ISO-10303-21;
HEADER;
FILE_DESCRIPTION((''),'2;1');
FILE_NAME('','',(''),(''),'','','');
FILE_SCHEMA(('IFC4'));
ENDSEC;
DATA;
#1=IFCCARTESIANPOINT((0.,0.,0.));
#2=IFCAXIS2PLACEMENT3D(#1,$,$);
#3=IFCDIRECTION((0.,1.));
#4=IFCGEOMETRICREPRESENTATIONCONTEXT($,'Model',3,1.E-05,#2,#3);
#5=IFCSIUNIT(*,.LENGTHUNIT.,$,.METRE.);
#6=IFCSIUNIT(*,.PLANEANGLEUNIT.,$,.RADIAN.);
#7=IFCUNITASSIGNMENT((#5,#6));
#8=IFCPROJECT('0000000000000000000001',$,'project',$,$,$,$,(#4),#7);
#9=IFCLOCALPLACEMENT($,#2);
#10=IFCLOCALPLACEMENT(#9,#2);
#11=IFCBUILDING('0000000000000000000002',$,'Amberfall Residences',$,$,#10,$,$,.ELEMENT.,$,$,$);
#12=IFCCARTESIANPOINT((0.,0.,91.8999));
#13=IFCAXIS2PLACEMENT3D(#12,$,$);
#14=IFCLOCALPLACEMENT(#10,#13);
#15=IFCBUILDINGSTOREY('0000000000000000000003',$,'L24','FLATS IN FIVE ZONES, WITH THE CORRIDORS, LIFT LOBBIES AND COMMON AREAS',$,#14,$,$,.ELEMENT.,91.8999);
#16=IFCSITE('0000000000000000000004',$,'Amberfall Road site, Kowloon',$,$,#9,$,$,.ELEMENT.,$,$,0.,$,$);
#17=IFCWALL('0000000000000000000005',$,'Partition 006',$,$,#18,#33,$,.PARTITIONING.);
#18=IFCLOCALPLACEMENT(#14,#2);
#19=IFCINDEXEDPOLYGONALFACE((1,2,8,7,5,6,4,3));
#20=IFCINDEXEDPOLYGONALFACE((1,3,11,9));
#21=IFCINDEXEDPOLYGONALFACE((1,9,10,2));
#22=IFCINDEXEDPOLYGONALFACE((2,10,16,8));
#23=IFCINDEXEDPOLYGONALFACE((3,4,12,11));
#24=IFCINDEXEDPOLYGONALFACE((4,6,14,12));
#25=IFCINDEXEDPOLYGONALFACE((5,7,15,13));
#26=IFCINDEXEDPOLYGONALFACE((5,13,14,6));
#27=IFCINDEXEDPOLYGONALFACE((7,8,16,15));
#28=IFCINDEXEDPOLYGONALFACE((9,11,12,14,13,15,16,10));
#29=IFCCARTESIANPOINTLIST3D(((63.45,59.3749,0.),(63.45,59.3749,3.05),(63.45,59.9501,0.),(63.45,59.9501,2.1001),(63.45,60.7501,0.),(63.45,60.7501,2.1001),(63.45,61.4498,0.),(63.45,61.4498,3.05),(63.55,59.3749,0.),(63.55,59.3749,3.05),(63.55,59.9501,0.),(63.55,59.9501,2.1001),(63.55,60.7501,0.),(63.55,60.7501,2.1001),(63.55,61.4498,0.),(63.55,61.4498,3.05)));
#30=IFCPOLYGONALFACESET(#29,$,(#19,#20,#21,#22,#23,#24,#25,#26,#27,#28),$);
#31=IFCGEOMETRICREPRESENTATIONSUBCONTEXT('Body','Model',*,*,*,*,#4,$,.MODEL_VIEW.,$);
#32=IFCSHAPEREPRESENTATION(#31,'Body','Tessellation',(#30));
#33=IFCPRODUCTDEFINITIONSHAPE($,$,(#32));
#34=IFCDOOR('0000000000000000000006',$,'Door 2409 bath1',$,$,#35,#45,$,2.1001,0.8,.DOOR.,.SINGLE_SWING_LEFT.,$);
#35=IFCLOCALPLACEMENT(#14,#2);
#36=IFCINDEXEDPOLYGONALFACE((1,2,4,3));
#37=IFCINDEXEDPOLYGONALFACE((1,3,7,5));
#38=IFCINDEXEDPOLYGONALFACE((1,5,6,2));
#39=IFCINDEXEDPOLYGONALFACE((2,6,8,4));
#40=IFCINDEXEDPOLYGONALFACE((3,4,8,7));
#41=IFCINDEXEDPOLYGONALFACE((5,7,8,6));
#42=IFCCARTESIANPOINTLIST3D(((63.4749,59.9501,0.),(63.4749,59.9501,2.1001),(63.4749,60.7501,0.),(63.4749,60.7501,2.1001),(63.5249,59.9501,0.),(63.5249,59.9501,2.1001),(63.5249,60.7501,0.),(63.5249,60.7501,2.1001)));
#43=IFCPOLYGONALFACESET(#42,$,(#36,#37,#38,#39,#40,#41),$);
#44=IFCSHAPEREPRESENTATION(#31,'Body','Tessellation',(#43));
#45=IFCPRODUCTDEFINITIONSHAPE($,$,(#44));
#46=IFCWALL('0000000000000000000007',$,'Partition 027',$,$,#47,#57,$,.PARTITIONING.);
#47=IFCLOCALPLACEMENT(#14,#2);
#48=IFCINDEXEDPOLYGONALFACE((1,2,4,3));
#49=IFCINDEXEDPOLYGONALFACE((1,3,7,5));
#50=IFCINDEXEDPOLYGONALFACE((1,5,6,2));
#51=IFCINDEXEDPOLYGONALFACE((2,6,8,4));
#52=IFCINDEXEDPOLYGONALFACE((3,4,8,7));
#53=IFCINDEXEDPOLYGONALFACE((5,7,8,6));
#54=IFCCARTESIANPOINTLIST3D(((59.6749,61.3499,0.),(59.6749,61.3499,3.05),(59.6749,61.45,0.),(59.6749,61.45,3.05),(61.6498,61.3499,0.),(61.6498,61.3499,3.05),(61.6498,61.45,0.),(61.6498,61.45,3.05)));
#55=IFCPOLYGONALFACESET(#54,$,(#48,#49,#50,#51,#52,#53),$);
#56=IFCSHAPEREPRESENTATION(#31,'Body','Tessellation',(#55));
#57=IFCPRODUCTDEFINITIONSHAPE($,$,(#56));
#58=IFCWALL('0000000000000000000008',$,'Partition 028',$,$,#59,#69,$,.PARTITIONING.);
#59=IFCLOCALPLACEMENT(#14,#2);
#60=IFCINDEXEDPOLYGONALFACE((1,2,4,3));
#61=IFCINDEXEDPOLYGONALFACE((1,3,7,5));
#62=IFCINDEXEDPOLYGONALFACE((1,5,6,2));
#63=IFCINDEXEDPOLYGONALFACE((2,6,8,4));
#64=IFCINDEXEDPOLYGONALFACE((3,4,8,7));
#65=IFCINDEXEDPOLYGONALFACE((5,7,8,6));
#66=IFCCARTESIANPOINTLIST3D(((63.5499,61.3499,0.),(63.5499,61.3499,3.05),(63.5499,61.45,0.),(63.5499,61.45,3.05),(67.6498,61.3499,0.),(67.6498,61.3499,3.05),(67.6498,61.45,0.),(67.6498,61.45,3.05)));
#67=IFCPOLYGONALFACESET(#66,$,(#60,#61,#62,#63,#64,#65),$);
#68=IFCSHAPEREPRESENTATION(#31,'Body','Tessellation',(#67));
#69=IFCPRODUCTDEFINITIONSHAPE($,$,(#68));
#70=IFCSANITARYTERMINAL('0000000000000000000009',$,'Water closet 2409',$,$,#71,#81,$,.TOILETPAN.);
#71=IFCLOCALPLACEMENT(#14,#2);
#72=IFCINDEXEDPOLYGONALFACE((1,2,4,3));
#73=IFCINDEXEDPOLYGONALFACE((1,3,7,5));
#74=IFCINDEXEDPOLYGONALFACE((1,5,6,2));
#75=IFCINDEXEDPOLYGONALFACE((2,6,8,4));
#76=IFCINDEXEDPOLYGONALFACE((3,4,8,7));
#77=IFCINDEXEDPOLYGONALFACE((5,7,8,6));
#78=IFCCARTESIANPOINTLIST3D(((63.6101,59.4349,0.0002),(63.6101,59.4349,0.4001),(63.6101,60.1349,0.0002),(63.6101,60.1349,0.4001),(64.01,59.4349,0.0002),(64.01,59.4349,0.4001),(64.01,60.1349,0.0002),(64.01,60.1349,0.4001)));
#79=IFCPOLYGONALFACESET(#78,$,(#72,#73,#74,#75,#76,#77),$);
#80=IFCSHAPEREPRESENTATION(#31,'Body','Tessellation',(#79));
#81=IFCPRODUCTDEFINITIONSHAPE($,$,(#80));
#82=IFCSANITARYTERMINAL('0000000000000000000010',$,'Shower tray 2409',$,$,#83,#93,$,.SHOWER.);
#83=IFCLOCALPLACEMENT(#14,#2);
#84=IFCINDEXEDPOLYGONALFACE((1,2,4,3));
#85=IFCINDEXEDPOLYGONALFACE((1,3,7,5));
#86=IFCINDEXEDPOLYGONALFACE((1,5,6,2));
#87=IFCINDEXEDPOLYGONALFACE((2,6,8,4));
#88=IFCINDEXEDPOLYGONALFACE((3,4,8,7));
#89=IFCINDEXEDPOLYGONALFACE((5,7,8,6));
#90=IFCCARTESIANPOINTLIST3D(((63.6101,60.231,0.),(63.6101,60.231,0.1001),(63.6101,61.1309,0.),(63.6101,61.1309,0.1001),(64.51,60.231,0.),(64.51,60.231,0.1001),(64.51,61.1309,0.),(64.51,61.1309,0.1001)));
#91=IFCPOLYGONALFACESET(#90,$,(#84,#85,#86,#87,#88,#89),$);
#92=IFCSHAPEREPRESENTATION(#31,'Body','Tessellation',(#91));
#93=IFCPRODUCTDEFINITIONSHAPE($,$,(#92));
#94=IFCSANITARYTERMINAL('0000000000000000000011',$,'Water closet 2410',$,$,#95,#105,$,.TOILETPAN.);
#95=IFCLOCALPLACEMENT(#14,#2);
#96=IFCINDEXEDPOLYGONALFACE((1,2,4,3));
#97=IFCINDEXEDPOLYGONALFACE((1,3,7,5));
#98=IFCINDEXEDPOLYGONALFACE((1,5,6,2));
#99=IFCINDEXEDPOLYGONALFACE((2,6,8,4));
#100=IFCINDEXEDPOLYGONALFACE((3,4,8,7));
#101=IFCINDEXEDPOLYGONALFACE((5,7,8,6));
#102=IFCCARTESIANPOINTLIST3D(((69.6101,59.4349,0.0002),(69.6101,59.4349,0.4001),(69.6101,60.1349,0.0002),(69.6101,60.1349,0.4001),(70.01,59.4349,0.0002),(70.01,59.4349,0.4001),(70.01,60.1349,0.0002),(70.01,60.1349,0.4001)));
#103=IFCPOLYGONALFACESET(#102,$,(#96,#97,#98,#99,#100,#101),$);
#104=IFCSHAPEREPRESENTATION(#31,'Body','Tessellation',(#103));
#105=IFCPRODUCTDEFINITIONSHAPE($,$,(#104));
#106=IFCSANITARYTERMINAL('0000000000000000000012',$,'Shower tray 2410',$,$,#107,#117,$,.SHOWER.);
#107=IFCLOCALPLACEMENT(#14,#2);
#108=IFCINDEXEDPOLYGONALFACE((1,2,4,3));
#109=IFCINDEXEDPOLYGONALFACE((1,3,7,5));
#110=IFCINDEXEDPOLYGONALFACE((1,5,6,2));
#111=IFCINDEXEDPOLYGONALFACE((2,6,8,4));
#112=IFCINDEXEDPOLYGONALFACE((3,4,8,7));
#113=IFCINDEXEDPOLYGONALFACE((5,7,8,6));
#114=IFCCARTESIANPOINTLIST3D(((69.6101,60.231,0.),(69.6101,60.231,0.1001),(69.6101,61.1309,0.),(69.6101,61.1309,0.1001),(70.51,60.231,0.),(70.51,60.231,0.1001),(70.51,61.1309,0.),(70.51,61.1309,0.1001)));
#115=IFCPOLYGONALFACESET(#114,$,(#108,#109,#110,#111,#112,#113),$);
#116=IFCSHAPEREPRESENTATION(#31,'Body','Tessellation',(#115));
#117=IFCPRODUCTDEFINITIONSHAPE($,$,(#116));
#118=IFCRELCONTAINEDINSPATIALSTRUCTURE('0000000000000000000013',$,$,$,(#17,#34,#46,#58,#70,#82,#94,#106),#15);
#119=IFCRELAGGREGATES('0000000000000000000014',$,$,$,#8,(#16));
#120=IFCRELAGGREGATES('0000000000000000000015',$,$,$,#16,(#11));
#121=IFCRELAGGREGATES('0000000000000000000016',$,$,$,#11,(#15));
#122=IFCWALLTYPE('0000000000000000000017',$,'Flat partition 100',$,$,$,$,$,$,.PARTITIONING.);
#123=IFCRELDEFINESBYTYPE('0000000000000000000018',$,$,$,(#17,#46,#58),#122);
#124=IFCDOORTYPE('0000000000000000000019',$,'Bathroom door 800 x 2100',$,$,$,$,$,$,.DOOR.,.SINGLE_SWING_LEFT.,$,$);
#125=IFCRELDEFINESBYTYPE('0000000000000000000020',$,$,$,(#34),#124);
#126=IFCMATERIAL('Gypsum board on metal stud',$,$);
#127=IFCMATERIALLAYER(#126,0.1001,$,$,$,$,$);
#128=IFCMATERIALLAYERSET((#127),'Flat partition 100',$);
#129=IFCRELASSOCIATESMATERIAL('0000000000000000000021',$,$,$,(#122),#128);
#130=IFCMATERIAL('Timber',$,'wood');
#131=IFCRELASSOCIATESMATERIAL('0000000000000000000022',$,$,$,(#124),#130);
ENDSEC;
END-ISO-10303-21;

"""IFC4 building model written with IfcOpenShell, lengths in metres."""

from ifc_helpers import new_model, si_unit, direction, frame, frame_2d, origin, origin_2d, place, context, subcontext, project, spatial, rectangle, extrude, material, layer, layer_set, type_object, element, fill, save


model = new_model("IFC4")

# Units and contexts
model_context = context("Model", 3, precision=1e-05, world=origin(), true_north=direction((0.0, 1.0)))
body_context = subcontext(model_context, "Body", "Model", "MODEL_VIEW")
ifc_project = project(units=[si_unit("LENGTHUNIT", "METRE"), si_unit("PLANEANGLEUNIT", "RADIAN")], contexts=[model_context])

# Site, building, storey
site_placement = place(None, origin())
site = spatial("IfcSite", under=ifc_project, at=site_placement, Name="Amberfall Road site, Kowloon", CompositionType="ELEMENT", RefElevation=0.0)
building_placement = place(site_placement, origin())
building = spatial("IfcBuilding", under=site, at=building_placement, Name="Amberfall Residences", CompositionType="ELEMENT")
storey_placement = place(building_placement, frame((0.0, 0.0, 91.8999)))
storey = spatial("IfcBuildingStorey", under=building, at=storey_placement, Name="L24", Description="FLATS IN FIVE ZONES, WITH THE CORRIDORS, LIFT LOBBIES AND COMMON AREAS", CompositionType="ELEMENT", Elevation=91.8999)

# Wall, opening, door
ifc_material_1 = material(Name="Gypsum board on metal stud")
ifc_layer_1 = layer(ifc_material_1, 0.1001)
ifc_layer_set_1 = layer_set([ifc_layer_1], Name="Flat partition 100")
wall_type = type_object("IfcWallType", Name="Flat partition 100", PredefinedType="PARTITIONING", material=ifc_layer_set_1)
wall_1_placement = place(storey_placement, frame((63.5, 61.45, 0.0), z_axis=(0.0, 0.0, 1.0), x_axis=(0.0, -1.0, 0.0)))
wall_1 = element("IfcWall", 1, at=wall_1_placement, inside=storey, type_object=wall_type, Name="Partition 006", PredefinedType="PARTITIONING", context=body_context, shape_type="SweptSolid", body=[
    extrude(rectangle(XDim=2.075, YDim=0.1001, at=frame_2d((1.0376, 0.0))), origin(), (0.0, 0.0, 1.0), 3.05),
])
opening_placement = place(wall_1_placement, frame((0.7, 0.0, 0.0)))
opening = element("IfcOpeningElement", 2, at=opening_placement, cuts=wall_1, PredefinedType="OPENING", context=body_context, shape_type="SweptSolid", body=[
    extrude(rectangle(XDim=0.8, YDim=2.1001, at=frame_2d((0.3999, 1.05))), frame((0.0, 0.0601, 0.0), z_axis=(0.0, -1.0, 0.0), x_axis=(1.0, 0.0, 0.0)), (0.0, 0.0, 1.0), 0.1201),
])
ifc_material_2 = material(Name="Timber", Category="wood")
door_type = type_object("IfcDoorType", Name="Bathroom door 800 x 2100", OperationType="SINGLE_SWING_LEFT", PredefinedType="DOOR", material=ifc_material_2)
door_placement = place(opening_placement, origin())
door = element("IfcDoor", 3, at=door_placement, inside=storey, type_object=door_type, Name="Door 2409 bath1", OperationType="SINGLE_SWING_LEFT", OverallHeight=2.1001, OverallWidth=0.8, PredefinedType="DOOR", context=body_context, shape_type="SweptSolid", body=[
    extrude(rectangle(XDim=0.8, YDim=2.1001, at=frame_2d((0.3999, 1.05))), frame((0.0, 0.0249, 0.0), z_axis=(0.0, -1.0, 0.0), x_axis=(1.0, 0.0, 0.0)), (0.0, 0.0, 1.0), 0.05),
])
fill(opening, door)

# Walls
wall_2_placement = place(storey_placement, frame((59.675, 61.3999, 0.0), z_axis=(0.0, 0.0, 1.0), x_axis=(1.0, 0.0, 0.0)))
element("IfcWall", 4, at=wall_2_placement, inside=storey, type_object=wall_type, Name="Partition 027", PredefinedType="PARTITIONING", context=body_context, shape_type="SweptSolid", body=[
    extrude(rectangle(XDim=1.9749, YDim=0.1001, at=frame_2d((0.9873, 0.0))), origin(), (0.0, 0.0, 1.0), 3.05),
])
wall_3_placement = place(storey_placement, frame((63.55, 61.3999, 0.0), z_axis=(0.0, 0.0, 1.0), x_axis=(1.0, 0.0, 0.0)))
element("IfcWall", 5, at=wall_3_placement, inside=storey, type_object=wall_type, Name="Partition 028", PredefinedType="PARTITIONING", context=body_context, shape_type="SweptSolid", body=[
    extrude(rectangle(XDim=4.0999, YDim=0.1001, at=frame_2d((2.0498, 0.0))), origin(), (0.0, 0.0, 1.0), 3.05),
])

# Sanitary terminals
sanitary_terminal_1_placement = place(storey_placement, frame((63.8101, 59.7849, 0.0002), z_axis=(0.0, 0.0, 1.0), x_axis=(1.0, 0.0, 0.0)))
element("IfcSanitaryTerminal", 6, at=sanitary_terminal_1_placement, inside=storey, Name="Water closet 2409", PredefinedType="TOILETPAN", context=body_context, shape_type="SweptSolid", body=[
    extrude(rectangle(XDim=0.3999, YDim=0.7, at=origin_2d()), origin(), (0.0, 0.0, 1.0), 0.3999),
])
sanitary_terminal_2_placement = place(storey_placement, frame((64.0601, 60.6809, 0.0), z_axis=(0.0, 0.0, 1.0), x_axis=(1.0, 0.0, 0.0)))
element("IfcSanitaryTerminal", 7, at=sanitary_terminal_2_placement, inside=storey, Name="Shower tray 2409", PredefinedType="SHOWER", context=body_context, shape_type="SweptSolid", body=[
    extrude(rectangle(XDim=0.8999, YDim=0.8999, at=origin_2d()), origin(), (0.0, 0.0, 1.0), 0.1001),
])
sanitary_terminal_3_placement = place(storey_placement, frame((69.8101, 59.7849, 0.0002), z_axis=(0.0, 0.0, 1.0), x_axis=(1.0, 0.0, 0.0)))
element("IfcSanitaryTerminal", 8, at=sanitary_terminal_3_placement, inside=storey, Name="Water closet 2410", PredefinedType="TOILETPAN", context=body_context, shape_type="SweptSolid", body=[
    extrude(rectangle(XDim=0.3999, YDim=0.7, at=origin_2d()), origin(), (0.0, 0.0, 1.0), 0.3999),
])
sanitary_terminal_4_placement = place(storey_placement, frame((70.0601, 60.6809, 0.0), z_axis=(0.0, 0.0, 1.0), x_axis=(1.0, 0.0, 0.0)))
element("IfcSanitaryTerminal", 9, at=sanitary_terminal_4_placement, inside=storey, Name="Shower tray 2410", PredefinedType="SHOWER", context=body_context, shape_type="SweptSolid", body=[
    extrude(rectangle(XDim=0.8999, YDim=0.8999, at=origin_2d()), origin(), (0.0, 0.0, 1.0), 0.1001),
])

save(model, "model.ifc")
